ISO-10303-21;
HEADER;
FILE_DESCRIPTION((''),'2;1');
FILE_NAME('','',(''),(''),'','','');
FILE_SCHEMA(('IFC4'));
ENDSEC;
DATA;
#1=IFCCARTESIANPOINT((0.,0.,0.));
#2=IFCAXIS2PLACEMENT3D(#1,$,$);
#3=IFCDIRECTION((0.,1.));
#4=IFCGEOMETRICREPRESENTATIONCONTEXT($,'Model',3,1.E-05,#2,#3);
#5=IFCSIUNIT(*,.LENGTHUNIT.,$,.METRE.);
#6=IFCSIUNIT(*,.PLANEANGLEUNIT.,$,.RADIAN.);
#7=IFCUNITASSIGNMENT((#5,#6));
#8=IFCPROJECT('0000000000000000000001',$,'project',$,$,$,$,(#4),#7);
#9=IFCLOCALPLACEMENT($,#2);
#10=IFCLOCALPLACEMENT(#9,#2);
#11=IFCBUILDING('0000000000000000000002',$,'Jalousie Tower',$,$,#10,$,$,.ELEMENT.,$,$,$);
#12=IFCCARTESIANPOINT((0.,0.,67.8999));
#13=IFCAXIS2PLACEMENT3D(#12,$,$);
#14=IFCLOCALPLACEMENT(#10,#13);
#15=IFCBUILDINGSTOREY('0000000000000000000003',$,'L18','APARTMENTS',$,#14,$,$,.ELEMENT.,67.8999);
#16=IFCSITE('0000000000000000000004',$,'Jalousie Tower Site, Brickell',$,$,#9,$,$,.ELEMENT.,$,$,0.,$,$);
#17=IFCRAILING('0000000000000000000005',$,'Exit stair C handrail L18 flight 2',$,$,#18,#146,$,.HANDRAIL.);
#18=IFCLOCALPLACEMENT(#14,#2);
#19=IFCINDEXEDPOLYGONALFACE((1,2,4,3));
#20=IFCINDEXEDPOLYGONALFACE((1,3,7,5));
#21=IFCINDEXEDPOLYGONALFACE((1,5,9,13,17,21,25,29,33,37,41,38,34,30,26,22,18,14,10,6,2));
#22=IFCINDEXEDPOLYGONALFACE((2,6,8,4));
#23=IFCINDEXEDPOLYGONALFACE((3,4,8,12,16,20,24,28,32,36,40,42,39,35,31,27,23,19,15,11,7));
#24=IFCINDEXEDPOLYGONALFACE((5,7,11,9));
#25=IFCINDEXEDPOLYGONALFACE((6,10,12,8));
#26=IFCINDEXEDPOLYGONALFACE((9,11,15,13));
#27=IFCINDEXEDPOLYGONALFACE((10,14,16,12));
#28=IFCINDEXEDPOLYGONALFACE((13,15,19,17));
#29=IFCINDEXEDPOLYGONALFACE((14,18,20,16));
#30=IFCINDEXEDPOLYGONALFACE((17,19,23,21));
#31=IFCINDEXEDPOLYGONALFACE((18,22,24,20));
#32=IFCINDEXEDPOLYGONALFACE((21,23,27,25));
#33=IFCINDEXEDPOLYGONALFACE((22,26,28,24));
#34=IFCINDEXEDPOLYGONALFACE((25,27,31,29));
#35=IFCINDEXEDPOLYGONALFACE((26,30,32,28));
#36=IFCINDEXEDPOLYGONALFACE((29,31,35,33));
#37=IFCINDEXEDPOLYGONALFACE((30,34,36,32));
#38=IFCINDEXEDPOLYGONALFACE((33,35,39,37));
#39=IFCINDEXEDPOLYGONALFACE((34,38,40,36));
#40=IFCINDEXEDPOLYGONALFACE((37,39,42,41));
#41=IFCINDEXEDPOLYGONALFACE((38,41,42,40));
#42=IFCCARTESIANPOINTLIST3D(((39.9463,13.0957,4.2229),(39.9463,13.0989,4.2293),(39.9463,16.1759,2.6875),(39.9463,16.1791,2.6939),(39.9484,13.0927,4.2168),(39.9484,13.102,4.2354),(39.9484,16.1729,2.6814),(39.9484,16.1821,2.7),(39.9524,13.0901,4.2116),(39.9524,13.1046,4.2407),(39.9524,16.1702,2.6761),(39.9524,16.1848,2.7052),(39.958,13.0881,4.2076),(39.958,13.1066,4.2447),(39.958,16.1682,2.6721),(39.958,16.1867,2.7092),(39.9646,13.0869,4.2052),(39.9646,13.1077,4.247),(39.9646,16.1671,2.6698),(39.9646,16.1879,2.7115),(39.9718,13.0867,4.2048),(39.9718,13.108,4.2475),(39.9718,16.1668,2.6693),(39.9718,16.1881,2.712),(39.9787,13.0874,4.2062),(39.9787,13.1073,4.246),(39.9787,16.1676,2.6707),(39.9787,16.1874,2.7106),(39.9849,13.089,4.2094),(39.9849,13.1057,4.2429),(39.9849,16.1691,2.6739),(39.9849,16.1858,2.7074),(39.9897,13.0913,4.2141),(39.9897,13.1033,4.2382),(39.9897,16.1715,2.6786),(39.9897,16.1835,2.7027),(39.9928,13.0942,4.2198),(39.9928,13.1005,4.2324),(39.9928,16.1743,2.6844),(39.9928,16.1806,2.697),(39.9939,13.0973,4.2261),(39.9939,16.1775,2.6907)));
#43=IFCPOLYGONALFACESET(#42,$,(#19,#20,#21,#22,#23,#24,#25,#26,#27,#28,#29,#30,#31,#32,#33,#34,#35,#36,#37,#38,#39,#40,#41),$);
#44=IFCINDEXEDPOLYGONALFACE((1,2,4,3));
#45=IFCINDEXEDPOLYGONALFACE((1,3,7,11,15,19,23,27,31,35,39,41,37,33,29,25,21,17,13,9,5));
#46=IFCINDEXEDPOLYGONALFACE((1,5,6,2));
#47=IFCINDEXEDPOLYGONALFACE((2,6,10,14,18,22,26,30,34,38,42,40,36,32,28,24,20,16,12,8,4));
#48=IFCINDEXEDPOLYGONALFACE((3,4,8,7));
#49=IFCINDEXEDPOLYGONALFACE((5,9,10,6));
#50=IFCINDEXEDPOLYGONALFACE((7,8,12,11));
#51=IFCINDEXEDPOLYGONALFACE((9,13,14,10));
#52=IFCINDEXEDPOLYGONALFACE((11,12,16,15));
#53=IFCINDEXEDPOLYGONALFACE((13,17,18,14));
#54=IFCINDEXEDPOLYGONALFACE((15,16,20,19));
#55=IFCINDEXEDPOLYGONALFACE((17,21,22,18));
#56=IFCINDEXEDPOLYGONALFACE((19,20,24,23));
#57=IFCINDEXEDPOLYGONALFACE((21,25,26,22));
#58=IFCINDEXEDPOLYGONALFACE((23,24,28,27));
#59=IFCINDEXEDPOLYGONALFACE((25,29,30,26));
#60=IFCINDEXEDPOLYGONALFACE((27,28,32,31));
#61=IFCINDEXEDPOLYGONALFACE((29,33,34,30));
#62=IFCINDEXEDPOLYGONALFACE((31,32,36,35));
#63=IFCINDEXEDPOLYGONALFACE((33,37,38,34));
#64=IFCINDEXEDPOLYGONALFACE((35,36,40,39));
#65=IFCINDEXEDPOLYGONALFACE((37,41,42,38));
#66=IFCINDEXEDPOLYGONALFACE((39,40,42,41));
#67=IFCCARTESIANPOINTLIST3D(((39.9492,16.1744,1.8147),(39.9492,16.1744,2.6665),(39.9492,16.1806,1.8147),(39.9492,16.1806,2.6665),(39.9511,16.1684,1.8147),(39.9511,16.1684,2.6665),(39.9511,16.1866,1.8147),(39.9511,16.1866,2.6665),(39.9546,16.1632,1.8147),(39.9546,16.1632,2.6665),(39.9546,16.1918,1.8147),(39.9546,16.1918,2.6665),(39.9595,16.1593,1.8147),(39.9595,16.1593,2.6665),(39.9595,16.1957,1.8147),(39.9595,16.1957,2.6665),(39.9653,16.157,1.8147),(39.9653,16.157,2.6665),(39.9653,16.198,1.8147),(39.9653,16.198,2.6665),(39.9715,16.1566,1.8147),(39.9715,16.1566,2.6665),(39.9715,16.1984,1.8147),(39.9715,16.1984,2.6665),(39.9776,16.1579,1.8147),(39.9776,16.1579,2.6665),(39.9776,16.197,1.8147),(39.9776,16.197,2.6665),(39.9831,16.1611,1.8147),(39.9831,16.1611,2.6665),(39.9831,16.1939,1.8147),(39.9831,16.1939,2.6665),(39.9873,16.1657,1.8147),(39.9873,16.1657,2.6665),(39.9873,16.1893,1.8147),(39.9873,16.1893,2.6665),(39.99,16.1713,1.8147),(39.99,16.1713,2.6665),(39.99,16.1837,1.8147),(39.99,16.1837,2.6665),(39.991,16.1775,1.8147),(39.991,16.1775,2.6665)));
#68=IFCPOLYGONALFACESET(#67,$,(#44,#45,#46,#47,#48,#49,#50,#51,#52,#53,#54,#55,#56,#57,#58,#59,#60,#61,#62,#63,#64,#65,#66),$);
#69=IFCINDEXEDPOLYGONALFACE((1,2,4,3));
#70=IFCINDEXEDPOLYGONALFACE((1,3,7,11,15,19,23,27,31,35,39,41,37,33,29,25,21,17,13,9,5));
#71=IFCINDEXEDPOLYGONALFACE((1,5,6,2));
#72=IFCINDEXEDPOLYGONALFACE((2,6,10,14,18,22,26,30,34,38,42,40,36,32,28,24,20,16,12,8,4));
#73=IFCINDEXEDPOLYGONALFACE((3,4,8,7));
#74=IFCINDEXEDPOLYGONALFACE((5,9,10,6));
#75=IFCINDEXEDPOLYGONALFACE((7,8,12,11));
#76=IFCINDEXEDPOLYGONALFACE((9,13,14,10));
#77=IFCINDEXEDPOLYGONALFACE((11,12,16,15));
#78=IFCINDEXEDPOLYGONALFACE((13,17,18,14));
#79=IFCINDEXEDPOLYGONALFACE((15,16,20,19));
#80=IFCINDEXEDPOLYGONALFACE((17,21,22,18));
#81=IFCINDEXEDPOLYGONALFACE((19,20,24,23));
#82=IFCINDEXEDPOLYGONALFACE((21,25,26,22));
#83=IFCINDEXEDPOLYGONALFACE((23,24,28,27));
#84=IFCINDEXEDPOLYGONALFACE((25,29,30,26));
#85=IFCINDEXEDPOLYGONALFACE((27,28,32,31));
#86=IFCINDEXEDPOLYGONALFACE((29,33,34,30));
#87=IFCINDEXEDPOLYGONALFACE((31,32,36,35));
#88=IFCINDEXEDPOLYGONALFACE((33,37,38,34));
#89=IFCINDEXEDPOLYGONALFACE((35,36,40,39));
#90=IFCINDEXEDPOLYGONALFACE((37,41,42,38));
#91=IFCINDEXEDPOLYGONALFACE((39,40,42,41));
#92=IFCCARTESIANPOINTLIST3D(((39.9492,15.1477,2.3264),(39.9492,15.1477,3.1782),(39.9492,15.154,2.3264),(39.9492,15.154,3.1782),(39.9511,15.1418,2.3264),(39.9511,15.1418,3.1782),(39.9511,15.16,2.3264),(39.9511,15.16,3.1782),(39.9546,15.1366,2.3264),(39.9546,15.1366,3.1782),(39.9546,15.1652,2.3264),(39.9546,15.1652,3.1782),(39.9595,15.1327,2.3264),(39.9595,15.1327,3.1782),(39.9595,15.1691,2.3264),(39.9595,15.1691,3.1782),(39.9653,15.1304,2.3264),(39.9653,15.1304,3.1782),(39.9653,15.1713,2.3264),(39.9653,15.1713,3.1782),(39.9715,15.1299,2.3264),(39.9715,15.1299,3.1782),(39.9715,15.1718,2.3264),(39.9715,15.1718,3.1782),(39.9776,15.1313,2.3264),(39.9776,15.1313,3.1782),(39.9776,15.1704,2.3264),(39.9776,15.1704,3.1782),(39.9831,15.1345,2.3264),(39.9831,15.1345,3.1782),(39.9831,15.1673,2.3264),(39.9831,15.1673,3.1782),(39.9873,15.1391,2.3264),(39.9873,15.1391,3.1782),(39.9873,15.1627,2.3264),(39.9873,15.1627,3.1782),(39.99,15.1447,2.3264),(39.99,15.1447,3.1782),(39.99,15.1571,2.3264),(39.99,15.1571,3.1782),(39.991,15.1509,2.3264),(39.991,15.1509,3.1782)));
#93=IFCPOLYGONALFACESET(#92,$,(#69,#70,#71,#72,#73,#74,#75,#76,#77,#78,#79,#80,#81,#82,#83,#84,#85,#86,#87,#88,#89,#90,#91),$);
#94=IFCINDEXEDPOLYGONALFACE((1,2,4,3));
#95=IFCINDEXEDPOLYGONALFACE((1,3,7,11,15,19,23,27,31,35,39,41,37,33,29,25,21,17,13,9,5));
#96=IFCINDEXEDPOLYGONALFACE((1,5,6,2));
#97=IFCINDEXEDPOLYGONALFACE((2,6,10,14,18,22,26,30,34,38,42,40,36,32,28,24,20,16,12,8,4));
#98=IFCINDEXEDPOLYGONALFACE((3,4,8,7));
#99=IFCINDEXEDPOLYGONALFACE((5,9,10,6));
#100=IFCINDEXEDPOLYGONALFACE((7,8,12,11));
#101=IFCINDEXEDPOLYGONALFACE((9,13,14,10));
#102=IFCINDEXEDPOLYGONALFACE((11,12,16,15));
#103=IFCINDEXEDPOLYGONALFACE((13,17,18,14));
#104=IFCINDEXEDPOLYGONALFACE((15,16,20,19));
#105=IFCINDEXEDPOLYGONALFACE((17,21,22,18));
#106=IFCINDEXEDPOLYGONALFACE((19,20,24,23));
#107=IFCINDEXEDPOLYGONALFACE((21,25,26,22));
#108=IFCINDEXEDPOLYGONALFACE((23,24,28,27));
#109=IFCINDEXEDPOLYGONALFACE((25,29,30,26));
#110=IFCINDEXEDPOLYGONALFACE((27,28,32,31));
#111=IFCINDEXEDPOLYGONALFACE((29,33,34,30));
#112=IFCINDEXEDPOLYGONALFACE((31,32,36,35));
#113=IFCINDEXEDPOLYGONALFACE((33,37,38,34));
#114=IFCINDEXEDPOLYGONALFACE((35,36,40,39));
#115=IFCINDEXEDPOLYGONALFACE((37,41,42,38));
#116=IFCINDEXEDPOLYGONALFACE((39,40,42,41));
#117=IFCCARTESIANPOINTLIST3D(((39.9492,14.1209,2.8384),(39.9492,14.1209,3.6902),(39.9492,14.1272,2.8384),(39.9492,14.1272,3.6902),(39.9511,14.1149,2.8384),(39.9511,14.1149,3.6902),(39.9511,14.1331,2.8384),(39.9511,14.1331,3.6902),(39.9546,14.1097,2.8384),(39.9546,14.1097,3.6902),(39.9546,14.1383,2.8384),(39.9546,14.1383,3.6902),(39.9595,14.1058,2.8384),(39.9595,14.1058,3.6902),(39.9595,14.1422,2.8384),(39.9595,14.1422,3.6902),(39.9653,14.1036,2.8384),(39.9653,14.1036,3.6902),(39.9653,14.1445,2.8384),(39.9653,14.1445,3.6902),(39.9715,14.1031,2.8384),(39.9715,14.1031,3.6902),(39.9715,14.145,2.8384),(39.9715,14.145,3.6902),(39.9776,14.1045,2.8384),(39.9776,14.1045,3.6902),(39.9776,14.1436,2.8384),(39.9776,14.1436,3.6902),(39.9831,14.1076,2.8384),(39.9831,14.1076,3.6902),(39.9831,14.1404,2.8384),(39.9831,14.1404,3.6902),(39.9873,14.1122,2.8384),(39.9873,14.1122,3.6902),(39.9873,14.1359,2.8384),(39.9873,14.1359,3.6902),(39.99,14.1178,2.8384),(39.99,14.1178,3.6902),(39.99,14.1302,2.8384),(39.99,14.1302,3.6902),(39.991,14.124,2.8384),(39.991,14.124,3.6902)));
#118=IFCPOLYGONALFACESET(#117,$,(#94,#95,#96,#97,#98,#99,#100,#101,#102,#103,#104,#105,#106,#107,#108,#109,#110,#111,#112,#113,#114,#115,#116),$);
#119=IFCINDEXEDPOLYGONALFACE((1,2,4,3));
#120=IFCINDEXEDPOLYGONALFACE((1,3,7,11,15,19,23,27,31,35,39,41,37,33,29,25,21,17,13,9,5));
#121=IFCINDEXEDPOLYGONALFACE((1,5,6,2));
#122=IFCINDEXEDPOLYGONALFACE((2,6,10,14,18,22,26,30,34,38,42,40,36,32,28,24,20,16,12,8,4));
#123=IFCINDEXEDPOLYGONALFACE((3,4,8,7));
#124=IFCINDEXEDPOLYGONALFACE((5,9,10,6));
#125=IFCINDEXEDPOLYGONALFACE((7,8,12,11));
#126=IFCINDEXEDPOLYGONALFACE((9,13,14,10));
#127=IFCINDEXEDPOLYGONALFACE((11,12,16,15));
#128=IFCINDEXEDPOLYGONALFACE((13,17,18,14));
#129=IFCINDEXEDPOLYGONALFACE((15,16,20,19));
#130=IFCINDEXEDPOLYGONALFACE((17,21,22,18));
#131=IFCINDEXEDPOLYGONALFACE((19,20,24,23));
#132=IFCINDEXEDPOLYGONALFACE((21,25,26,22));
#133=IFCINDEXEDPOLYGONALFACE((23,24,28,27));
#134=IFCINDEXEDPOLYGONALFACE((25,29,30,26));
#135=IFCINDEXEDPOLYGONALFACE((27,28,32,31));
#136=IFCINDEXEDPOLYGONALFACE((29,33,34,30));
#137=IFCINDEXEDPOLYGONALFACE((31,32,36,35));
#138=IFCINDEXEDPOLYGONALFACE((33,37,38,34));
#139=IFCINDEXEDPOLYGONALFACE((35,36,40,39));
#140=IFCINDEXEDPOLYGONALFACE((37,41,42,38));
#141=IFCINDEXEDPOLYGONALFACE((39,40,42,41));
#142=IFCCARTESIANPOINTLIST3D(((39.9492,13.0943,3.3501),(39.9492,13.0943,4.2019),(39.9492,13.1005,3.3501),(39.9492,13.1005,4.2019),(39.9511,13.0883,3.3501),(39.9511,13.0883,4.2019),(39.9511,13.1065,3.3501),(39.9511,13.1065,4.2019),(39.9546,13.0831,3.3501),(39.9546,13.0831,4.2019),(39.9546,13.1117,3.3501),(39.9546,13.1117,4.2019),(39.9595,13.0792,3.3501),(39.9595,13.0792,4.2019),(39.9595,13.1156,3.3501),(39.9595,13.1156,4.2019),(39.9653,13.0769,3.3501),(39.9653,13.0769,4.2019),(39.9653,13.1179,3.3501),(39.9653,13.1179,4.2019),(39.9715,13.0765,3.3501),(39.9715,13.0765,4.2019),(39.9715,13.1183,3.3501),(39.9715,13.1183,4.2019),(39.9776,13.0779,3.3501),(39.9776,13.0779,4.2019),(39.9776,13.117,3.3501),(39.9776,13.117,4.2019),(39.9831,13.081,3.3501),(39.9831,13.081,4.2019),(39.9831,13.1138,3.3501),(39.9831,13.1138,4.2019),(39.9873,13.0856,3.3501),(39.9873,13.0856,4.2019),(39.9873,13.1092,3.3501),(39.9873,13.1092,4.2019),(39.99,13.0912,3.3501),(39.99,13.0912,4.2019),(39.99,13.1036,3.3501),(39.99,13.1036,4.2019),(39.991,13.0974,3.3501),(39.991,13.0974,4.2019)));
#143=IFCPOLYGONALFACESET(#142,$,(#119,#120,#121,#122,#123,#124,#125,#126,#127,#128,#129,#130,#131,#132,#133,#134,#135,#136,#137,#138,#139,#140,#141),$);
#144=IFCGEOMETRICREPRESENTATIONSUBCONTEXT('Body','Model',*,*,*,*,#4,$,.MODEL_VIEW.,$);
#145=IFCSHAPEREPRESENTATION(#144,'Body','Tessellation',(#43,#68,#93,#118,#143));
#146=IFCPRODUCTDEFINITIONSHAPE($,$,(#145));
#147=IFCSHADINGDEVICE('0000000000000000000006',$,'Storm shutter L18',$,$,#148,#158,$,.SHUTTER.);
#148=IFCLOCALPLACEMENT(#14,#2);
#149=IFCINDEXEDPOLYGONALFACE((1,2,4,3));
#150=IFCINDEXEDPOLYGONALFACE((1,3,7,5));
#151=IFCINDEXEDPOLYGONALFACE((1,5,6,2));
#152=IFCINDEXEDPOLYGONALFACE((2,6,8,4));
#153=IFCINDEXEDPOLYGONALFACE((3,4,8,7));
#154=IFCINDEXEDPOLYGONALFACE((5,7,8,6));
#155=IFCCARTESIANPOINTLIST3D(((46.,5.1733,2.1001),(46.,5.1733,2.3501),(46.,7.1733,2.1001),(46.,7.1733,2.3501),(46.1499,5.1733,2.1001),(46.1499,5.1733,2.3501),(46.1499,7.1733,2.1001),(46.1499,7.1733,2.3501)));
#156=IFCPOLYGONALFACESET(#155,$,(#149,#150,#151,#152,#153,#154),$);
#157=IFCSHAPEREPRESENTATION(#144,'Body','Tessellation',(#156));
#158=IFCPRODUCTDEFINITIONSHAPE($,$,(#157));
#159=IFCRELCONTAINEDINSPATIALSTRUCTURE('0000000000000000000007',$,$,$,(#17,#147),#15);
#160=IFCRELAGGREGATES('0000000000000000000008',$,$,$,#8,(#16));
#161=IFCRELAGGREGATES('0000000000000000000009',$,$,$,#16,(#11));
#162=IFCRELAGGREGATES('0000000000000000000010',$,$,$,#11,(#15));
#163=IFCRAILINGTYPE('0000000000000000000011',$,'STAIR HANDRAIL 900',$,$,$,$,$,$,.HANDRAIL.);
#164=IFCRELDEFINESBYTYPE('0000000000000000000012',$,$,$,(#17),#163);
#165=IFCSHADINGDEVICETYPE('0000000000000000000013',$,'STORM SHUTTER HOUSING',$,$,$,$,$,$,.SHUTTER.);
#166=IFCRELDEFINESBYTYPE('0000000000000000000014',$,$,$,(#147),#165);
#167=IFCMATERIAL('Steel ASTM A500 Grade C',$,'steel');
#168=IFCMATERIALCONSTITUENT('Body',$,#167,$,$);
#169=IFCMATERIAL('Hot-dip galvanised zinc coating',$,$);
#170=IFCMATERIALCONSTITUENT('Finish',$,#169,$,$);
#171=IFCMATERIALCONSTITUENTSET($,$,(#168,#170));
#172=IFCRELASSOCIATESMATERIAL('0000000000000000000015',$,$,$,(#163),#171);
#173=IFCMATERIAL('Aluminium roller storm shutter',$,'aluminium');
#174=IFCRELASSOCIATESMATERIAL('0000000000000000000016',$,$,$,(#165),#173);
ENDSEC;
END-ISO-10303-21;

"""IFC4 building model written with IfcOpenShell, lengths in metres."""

from ifc_helpers import new_model, si_unit, direction, frame, origin, origin_2d, place, context, subcontext, project, spatial, rectangle, circle, extrude, material, constituent, constituent_set, type_object, element, save


model = new_model("IFC4")

# Units and contexts
model_context = context("Model", 3, precision=1e-05, world=origin(), true_north=direction((0.0, 1.0)))
body_context = subcontext(model_context, "Body", "Model", "MODEL_VIEW")
ifc_project = project(units=[si_unit("LENGTHUNIT", "METRE"), si_unit("PLANEANGLEUNIT", "RADIAN")], contexts=[model_context])

# Site, building, storey
site_placement = place(None, origin())
site = spatial("IfcSite", under=ifc_project, at=site_placement, Name="Jalousie Tower Site, Brickell", CompositionType="ELEMENT", RefElevation=0.0)
building_placement = place(site_placement, origin())
building = spatial("IfcBuilding", under=site, at=building_placement, Name="Jalousie Tower", CompositionType="ELEMENT")
storey_placement = place(building_placement, frame((0.0, 0.0, 67.8999)))
storey = spatial("IfcBuildingStorey", under=building, at=storey_placement, Name="L18", Description="APARTMENTS", CompositionType="ELEMENT", Elevation=67.8999)

# Railing
ifc_material_1 = material(Name="Steel ASTM A500 Grade C", Category="steel")
ifc_constituent_1 = constituent(ifc_material_1, Name="Body")
ifc_material_2 = material(Name="Hot-dip galvanised zinc coating")
ifc_constituent_2 = constituent(ifc_material_2, Name="Finish")
ifc_constituent_set_1 = constituent_set(constituents=[ifc_constituent_1, ifc_constituent_2])
railing_type_1 = type_object("IfcRailingType", Name="STAIR HANDRAIL 900", PredefinedType="HANDRAIL", material=ifc_constituent_set_1)
railing_1_placement = place(storey_placement, frame((39.97, 16.1775, 1.8147)))
element("IfcRailing", 1, at=railing_1_placement, inside=storey, type_object=railing_type_1, Name="Exit stair C handrail L18 flight 2", PredefinedType="HANDRAIL", context=body_context, shape_type="SweptSolid", body=[
    extrude(circle(Radius=0.0239, at=origin_2d()), frame((0.0, 0.0, 0.876), z_axis=(0.0, -0.894966, 0.446135), x_axis=(1.0, 0.0, 0.0)), (0.0, 0.0, 1.0), 3.4417),
    extrude(circle(Radius=0.021, at=origin_2d()), origin(), (0.0, 0.0, 1.0), 0.8518),
    extrude(circle(Radius=0.021, at=origin_2d()), frame((0.0, -1.0266, 0.5117)), (0.0, 0.0, 1.0), 0.8518),
    extrude(circle(Radius=0.021, at=origin_2d()), frame((0.0, -2.0535, 1.0237)), (0.0, 0.0, 1.0), 0.8518),
    extrude(circle(Radius=0.021, at=origin_2d()), frame((0.0, -3.0801, 1.5354)), (0.0, 0.0, 1.0), 0.8518),
])

# Shading device
ifc_material_3 = material(Name="Aluminium roller storm shutter", Category="aluminium")
shading_device_type = type_object("IfcShadingDeviceType", Name="STORM SHUTTER HOUSING", PredefinedType="SHUTTER", material=ifc_material_3)
shading_device_placement = place(storey_placement, frame((46.075, 6.1733, 2.1001), z_axis=(0.0, 0.0, 1.0), x_axis=(0.0, 1.0, 0.0)))
element("IfcShadingDevice", 2, at=shading_device_placement, inside=storey, type_object=shading_device_type, Name="Storm shutter L18", PredefinedType="SHUTTER", context=body_context, shape_type="SweptSolid", body=[
    extrude(rectangle(XDim=2.0, YDim=0.1499, at=origin_2d()), origin(), (0.0, 0.0, 1.0), 0.25),
])

save(model, "model.ifc")
